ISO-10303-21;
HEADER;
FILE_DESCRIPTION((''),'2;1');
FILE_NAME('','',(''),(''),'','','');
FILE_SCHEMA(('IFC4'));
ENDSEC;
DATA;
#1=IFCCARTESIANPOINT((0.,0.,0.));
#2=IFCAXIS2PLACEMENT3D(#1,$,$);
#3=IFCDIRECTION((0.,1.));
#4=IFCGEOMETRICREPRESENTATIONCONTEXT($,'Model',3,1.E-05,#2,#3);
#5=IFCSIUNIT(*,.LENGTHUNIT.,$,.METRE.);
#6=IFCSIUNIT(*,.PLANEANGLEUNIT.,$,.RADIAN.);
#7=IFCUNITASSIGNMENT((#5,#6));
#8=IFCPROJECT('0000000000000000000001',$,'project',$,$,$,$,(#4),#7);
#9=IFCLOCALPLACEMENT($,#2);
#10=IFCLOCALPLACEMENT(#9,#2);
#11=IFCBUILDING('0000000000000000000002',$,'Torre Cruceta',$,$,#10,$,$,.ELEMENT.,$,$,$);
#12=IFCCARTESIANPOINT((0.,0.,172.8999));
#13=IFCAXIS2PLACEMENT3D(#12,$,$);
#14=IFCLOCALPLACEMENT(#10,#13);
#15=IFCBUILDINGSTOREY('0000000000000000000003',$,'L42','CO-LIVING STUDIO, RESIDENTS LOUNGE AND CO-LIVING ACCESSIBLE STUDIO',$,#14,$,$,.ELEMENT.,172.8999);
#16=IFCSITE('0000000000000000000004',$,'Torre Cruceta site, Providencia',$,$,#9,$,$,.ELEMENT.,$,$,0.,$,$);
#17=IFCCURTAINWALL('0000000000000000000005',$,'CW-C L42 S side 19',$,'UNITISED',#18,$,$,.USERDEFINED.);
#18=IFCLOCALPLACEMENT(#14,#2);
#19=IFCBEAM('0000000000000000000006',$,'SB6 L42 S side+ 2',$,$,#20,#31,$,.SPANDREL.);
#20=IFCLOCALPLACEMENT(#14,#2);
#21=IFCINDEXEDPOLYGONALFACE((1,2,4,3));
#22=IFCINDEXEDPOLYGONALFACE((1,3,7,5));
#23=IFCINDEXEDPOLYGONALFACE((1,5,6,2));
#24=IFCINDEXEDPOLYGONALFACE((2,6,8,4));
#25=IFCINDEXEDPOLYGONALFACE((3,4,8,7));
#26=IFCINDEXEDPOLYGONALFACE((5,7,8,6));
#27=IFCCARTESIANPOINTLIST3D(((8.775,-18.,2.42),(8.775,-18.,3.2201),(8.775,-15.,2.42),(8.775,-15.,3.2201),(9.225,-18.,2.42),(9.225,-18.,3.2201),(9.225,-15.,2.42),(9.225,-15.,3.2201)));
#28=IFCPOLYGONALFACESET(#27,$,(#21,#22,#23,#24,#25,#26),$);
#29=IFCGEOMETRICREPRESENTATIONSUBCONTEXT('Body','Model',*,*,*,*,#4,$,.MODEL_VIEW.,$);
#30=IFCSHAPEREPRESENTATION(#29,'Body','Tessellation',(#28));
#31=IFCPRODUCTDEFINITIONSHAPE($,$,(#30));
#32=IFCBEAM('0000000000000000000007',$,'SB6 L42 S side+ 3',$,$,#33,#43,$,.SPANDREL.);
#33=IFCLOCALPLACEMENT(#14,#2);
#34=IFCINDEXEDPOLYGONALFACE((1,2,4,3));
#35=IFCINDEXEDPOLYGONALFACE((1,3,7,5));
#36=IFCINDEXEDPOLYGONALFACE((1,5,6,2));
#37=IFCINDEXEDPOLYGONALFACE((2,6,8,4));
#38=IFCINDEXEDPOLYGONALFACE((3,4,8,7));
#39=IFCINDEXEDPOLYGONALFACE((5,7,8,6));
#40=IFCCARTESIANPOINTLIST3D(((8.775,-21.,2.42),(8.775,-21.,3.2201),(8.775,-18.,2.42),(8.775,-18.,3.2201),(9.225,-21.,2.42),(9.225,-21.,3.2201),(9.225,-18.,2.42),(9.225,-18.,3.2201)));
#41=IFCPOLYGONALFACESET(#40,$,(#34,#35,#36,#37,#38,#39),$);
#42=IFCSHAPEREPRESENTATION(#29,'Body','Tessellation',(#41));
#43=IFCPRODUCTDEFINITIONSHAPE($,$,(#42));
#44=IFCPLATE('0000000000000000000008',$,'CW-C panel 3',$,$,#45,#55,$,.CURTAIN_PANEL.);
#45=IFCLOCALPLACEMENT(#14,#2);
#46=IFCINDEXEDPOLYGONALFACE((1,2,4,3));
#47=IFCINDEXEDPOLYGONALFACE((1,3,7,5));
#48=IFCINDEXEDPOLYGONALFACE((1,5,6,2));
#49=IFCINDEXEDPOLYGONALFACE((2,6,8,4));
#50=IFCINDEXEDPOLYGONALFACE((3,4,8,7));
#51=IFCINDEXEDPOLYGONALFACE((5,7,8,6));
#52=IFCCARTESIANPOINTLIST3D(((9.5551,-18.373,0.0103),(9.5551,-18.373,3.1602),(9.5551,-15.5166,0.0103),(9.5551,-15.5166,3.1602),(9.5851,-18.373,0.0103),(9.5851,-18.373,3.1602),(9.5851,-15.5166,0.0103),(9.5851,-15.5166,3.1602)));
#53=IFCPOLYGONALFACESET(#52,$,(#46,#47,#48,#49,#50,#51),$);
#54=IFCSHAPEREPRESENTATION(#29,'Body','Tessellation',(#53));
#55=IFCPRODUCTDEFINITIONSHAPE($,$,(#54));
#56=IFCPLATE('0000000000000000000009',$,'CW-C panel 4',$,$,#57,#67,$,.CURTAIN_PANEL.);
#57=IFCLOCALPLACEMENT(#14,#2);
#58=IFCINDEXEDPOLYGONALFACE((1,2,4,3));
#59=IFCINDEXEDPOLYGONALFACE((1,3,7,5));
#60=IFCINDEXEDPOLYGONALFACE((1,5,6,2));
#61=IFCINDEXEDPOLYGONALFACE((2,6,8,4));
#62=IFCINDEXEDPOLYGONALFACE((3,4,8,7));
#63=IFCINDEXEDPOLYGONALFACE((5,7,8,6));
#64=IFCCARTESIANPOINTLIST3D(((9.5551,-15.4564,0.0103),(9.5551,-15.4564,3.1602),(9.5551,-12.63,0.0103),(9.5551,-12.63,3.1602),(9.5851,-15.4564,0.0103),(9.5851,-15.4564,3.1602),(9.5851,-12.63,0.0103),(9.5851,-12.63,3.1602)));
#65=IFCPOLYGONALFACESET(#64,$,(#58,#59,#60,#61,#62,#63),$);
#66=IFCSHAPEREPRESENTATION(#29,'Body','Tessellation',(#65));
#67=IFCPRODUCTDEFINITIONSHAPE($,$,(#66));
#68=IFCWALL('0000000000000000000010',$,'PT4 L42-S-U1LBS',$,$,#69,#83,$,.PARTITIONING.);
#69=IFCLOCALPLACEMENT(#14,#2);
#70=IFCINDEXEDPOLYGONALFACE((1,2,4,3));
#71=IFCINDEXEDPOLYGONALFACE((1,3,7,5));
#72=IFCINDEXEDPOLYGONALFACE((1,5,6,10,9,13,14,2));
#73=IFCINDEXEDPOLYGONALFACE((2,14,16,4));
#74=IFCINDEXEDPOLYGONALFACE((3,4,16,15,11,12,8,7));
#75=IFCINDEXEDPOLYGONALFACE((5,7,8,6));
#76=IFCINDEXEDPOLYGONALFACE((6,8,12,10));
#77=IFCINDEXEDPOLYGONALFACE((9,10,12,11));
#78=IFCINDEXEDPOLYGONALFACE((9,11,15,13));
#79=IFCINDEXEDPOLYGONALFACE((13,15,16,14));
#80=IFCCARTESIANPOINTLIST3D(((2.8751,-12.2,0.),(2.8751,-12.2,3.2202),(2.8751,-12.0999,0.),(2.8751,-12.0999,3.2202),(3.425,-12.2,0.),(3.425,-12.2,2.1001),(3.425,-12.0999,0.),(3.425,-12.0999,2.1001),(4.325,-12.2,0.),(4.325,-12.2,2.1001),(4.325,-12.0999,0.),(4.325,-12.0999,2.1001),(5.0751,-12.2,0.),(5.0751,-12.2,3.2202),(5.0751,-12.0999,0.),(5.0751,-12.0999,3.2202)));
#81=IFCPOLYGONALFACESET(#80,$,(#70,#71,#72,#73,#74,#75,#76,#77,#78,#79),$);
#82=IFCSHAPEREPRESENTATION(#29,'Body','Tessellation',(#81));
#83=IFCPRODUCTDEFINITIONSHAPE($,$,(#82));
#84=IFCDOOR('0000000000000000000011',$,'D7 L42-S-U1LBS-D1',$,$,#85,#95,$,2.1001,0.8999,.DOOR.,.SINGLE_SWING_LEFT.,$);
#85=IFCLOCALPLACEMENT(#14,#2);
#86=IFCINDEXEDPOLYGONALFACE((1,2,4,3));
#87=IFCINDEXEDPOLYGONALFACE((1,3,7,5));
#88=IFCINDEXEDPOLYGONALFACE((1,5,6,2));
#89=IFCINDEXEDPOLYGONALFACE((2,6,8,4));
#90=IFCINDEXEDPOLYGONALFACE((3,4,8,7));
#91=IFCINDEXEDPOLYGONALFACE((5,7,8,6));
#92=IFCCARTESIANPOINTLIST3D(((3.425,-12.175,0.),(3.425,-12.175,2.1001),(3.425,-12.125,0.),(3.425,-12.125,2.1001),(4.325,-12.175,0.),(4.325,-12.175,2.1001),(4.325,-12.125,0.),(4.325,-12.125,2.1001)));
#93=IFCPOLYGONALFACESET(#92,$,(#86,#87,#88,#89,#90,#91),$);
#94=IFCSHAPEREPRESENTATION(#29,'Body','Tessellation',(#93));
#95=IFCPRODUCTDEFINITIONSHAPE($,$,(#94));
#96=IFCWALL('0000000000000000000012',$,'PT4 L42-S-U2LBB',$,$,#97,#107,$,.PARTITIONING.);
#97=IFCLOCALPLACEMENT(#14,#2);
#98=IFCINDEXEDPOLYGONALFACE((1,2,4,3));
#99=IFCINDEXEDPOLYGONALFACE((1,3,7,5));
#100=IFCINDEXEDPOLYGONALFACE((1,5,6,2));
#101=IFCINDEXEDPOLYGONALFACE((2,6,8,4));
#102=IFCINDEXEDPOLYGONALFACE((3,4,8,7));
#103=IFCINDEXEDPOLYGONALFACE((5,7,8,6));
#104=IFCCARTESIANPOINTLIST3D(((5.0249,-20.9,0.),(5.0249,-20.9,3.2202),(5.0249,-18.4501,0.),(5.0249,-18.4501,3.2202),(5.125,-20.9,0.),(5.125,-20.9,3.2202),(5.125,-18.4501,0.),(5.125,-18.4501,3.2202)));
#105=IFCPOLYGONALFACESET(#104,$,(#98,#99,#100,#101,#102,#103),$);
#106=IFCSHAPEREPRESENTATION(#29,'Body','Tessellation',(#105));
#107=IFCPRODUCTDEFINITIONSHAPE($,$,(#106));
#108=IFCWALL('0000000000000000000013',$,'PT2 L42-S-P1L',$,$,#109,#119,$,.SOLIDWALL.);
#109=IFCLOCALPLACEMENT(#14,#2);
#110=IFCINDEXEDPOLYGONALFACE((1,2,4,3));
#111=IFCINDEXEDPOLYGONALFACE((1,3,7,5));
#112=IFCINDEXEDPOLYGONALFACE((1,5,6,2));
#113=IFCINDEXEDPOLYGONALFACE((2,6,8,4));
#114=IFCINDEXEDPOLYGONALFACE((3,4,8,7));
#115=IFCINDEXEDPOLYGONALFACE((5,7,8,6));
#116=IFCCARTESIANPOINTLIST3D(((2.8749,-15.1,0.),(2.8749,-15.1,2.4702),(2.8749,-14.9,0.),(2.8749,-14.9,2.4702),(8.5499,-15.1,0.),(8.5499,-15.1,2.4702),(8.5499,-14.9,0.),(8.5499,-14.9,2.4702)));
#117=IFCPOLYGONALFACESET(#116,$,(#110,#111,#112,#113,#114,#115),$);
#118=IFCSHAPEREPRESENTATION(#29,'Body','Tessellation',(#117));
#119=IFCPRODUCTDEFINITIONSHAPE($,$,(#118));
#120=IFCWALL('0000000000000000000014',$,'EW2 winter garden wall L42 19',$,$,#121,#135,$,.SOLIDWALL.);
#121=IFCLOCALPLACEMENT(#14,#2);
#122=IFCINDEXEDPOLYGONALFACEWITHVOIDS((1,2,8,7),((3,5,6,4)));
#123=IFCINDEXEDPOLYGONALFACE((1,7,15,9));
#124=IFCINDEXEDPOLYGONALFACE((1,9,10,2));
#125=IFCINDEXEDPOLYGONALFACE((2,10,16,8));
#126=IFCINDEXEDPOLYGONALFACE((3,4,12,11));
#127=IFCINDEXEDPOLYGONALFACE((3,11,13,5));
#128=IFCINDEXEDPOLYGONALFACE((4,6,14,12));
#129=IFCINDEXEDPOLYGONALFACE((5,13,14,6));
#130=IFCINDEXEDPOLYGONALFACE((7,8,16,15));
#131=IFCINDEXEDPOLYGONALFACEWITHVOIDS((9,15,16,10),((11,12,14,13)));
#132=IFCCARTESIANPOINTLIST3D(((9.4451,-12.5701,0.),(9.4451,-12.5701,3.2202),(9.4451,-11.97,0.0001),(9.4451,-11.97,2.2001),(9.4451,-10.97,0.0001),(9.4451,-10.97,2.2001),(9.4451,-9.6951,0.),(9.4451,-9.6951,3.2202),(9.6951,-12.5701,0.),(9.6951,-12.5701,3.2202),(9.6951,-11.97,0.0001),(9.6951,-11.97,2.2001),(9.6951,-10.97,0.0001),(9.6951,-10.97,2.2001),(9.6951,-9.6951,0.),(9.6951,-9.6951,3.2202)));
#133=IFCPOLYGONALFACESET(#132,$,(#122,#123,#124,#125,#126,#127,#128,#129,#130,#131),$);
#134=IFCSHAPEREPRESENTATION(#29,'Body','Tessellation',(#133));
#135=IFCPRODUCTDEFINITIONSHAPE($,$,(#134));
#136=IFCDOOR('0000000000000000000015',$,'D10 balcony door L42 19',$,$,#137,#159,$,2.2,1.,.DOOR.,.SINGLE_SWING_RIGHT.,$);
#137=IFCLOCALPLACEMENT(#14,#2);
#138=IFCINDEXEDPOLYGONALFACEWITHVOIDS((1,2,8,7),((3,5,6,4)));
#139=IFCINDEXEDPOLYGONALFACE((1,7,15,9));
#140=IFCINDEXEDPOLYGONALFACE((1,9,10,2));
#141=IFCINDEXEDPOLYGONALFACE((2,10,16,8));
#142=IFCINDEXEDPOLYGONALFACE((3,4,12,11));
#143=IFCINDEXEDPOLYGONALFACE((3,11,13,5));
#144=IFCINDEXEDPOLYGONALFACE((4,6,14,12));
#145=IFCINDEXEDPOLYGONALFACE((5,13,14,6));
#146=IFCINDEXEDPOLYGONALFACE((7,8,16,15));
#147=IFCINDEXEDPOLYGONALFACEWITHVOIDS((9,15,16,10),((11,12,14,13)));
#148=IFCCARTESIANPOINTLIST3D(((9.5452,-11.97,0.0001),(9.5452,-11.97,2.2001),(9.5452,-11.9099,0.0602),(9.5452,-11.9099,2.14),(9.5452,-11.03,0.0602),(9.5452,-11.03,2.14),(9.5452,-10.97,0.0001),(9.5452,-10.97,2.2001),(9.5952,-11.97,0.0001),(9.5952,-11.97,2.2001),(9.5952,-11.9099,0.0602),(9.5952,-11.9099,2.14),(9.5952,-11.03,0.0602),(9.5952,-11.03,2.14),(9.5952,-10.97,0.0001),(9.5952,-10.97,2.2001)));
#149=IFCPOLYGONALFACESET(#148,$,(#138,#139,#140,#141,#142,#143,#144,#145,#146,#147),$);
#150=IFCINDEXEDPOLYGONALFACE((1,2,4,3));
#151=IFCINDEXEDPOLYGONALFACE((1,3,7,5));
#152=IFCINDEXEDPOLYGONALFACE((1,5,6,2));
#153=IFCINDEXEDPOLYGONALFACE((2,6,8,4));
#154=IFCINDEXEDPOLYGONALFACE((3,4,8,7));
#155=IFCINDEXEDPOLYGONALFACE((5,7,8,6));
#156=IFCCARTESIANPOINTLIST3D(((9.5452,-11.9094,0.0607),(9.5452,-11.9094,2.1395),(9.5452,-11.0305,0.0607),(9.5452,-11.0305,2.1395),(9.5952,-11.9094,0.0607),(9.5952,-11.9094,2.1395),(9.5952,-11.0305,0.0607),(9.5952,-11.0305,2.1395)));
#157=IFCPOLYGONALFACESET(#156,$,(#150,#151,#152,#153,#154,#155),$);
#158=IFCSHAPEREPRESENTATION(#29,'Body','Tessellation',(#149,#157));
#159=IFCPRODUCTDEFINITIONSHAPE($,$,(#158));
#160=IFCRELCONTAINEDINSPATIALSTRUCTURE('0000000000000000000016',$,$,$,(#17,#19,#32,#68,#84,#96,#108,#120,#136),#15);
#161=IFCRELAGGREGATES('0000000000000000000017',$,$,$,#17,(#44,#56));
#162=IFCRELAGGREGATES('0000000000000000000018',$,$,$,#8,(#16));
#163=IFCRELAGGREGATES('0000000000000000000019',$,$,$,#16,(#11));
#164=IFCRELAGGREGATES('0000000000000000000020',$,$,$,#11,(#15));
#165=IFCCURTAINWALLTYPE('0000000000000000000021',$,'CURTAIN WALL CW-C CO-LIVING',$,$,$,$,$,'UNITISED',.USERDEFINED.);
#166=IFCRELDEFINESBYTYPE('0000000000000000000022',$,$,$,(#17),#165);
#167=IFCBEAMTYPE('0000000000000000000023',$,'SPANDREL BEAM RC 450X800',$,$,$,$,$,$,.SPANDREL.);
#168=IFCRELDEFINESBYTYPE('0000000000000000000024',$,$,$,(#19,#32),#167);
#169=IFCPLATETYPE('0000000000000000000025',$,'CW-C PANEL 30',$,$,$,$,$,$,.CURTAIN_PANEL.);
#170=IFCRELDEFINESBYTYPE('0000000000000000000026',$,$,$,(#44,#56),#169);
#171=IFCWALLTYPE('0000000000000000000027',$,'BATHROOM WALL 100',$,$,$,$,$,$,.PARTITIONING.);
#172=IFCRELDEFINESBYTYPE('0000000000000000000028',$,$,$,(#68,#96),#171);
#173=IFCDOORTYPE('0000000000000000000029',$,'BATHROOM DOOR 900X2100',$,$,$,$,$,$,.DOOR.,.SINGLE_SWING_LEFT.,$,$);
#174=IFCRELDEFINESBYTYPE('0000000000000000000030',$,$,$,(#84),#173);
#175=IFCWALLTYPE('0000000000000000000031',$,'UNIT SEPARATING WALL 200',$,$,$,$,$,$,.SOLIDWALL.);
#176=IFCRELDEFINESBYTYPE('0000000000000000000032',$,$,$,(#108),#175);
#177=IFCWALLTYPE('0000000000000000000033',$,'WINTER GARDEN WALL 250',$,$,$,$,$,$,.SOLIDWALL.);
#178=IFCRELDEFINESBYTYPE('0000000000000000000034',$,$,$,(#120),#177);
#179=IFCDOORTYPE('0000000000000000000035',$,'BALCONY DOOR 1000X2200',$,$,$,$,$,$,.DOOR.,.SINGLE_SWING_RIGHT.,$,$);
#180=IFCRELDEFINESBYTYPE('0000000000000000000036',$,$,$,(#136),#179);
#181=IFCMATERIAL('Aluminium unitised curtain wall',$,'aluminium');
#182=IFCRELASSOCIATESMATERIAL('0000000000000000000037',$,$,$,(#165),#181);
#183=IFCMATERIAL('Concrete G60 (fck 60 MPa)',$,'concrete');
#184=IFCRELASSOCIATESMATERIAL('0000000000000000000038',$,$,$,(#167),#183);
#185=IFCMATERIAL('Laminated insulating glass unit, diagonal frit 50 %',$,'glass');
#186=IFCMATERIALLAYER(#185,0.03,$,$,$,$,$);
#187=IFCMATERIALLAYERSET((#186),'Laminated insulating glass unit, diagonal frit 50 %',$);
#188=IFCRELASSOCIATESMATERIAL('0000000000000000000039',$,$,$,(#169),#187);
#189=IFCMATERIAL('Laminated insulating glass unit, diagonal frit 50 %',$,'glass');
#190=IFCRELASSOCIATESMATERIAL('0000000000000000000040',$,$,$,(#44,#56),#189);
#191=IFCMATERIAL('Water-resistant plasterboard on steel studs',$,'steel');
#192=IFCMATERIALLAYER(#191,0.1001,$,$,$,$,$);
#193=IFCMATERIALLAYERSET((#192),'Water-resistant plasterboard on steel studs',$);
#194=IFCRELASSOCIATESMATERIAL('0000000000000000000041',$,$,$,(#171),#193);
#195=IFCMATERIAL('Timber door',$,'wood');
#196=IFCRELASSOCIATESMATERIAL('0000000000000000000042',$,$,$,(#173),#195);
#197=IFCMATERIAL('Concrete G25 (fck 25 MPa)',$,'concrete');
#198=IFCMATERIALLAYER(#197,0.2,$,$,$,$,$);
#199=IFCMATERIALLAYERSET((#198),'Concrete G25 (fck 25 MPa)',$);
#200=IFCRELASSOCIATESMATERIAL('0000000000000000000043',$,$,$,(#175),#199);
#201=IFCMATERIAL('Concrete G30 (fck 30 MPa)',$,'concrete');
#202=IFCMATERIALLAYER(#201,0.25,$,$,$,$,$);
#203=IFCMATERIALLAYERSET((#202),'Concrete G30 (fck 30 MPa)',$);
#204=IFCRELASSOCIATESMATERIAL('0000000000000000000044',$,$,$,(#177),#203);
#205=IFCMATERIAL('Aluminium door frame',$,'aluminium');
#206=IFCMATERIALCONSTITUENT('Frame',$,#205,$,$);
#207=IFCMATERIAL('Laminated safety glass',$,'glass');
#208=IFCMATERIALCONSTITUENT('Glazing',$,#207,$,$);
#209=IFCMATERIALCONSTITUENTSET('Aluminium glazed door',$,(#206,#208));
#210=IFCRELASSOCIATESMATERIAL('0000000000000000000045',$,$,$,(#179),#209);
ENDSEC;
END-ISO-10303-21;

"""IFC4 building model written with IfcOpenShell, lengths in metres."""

from ifc_helpers import new_model, si_unit, direction, frame, frame_2d, origin, origin_2d, place, context, subcontext, project, spatial, rectangle, hollow_rectangle, extrude, material, layer, layer_set, constituent, constituent_set, material_profile, profile_set, type_object, element, fill, aggregate, save


model = new_model("IFC4")

# Units and contexts
model_context = context("Model", 3, precision=1e-05, world=origin(), true_north=direction((0.0, 1.0)))
body_context = subcontext(model_context, "Body", "Model", "MODEL_VIEW")
ifc_project = project(units=[si_unit("LENGTHUNIT", "METRE"), si_unit("PLANEANGLEUNIT", "RADIAN")], contexts=[model_context])

# Site, building, storey
site_placement = place(None, origin())
site = spatial("IfcSite", under=ifc_project, at=site_placement, Name="Torre Cruceta site, Providencia", CompositionType="ELEMENT", RefElevation=0.0)
building_placement = place(site_placement, origin())
building = spatial("IfcBuilding", under=site, at=building_placement, Name="Torre Cruceta", CompositionType="ELEMENT")
storey_placement = place(building_placement, frame((0.0, 0.0, 172.8999)))
storey = spatial("IfcBuildingStorey", under=building, at=storey_placement, Name="L42", Description="CO-LIVING STUDIO, RESIDENTS LOUNGE AND CO-LIVING ACCESSIBLE STUDIO", CompositionType="ELEMENT", Elevation=172.8999)

# Curtain wall
ifc_material_1 = material(Name="Aluminium unitised curtain wall", Category="aluminium")
curtain_wall_type = type_object("IfcCurtainWallType", Name="CURTAIN WALL CW-C CO-LIVING", ElementType="UNITISED", PredefinedType="USERDEFINED", material=ifc_material_1)
curtain_wall_placement = place(storey_placement, origin())
curtain_wall = element("IfcCurtainWall", 1, at=curtain_wall_placement, inside=storey, type_object=curtain_wall_type, Name="CW-C L42 S side 19", ObjectType="UNITISED", PredefinedType="USERDEFINED")

# Beams
ifc_material_2 = material(Name="Concrete G60 (fck 60 MPa)", Category="concrete")
ifc_material_profile_1 = material_profile(ifc_material_2, rectangle(XDim=0.45, YDim=0.8, at=origin_2d()), Name="RC 450X800")
ifc_profile_set_1 = profile_set([ifc_material_profile_1], Name="Concrete G60 (fck 60 MPa)")
beam_type_1 = type_object("IfcBeamType", Name="SPANDREL BEAM RC 450X800", PredefinedType="SPANDREL", material=ifc_profile_set_1)
for number, where, z_axis, x_axis, name in (
    (2, (9.0, -15.0, 2.8201), (0.0, -1.0, 0.0), (1.0, 0.0, 0.0), "SB6 L42 S side+ 2"),
    (3, (9.0, -18.0, 2.8201), (0.0, -1.0, 0.0), (1.0, 0.0, 0.0), "SB6 L42 S side+ 3"),
):
    element("IfcBeam", number, at=place(storey_placement, frame(where, z_axis=z_axis, x_axis=x_axis)), inside=storey, type_object=beam_type_1, Name=name, PredefinedType="SPANDREL", context=body_context, shape_type="SweptSolid", body=[
        extrude(rectangle(XDim=0.45, YDim=0.8, at=origin_2d()), origin(), (0.0, 0.0, 1.0), 3.0),
    ])

# Plates
ifc_material_3 = material(Name="Laminated insulating glass unit, diagonal frit 50 %", Category="glass")
ifc_material_4 = material(Name="Laminated insulating glass unit, diagonal frit 50 %", Category="glass")
ifc_layer_1 = layer(ifc_material_4, 0.03)
ifc_layer_set_1 = layer_set([ifc_layer_1], Name="Laminated insulating glass unit, diagonal frit 50 %")
plate_type = type_object("IfcPlateType", Name="CW-C PANEL 30", PredefinedType="CURTAIN_PANEL", material=ifc_layer_set_1)
plate_1_placement = place(storey_placement, frame((9.5701, -16.9448, 0.0103), z_axis=(0.0, 0.0, 1.0), x_axis=(0.0, 1.0, 0.0)))
plate_1 = element("IfcPlate", 4, at=plate_1_placement, type_object=plate_type, material=ifc_material_3, Name="CW-C panel 3", PredefinedType="CURTAIN_PANEL", context=body_context, shape_type="SweptSolid", body=[
    extrude(rectangle(XDim=2.8564, YDim=0.03, at=origin_2d()), origin(), (0.0, 0.0, 1.0), 3.1499),
])
plate_2_placement = place(storey_placement, frame((9.5701, -14.0432, 0.0103), z_axis=(0.0, 0.0, 1.0), x_axis=(0.0, 1.0, 0.0)))
plate_2 = element("IfcPlate", 5, at=plate_2_placement, type_object=plate_type, material=ifc_material_3, Name="CW-C panel 4", PredefinedType="CURTAIN_PANEL", context=body_context, shape_type="SweptSolid", body=[
    extrude(rectangle(XDim=2.8264, YDim=0.03, at=origin_2d()), origin(), (0.0, 0.0, 1.0), 3.1499),
])
aggregate(curtain_wall, [plate_1, plate_2])

# Wall, opening, door
ifc_material_5 = material(Name="Water-resistant plasterboard on steel studs", Category="steel")
ifc_layer_2 = layer(ifc_material_5, 0.1001)
ifc_layer_set_2 = layer_set([ifc_layer_2], Name="Water-resistant plasterboard on steel studs")
wall_type_1 = type_object("IfcWallType", Name="BATHROOM WALL 100", PredefinedType="PARTITIONING", material=ifc_layer_set_2)
wall_1_placement = place(storey_placement, frame((2.875, -12.1499, 0.0), z_axis=(0.0, 0.0, 1.0), x_axis=(1.0, 0.0, 0.0)))
wall_1 = element("IfcWall", 6, at=wall_1_placement, inside=storey, type_object=wall_type_1, Name="PT4 L42-S-U1LBS", PredefinedType="PARTITIONING", context=body_context, shape_type="SweptSolid", body=[
    extrude(rectangle(XDim=2.2, YDim=0.1001, at=frame_2d((1.1001, 0.0))), origin(), (0.0, 0.0, 1.0), 3.2202),
])
opening_1_placement = place(wall_1_placement, frame((0.55, 0.0, 0.0)))
opening_1 = element("IfcOpeningElement", 7, at=opening_1_placement, cuts=wall_1, PredefinedType="OPENING", context=body_context, shape_type="SweptSolid", body=[
    extrude(rectangle(XDim=0.8999, YDim=2.1001, at=frame_2d((0.45, 1.05))), frame((0.0, 0.0601, 0.0), z_axis=(0.0, -1.0, 0.0), x_axis=(1.0, 0.0, 0.0)), (0.0, 0.0, 1.0), 0.1201),
])
ifc_material_6 = material(Name="Timber door", Category="wood")
door_type_1 = type_object("IfcDoorType", Name="BATHROOM DOOR 900X2100", OperationType="SINGLE_SWING_LEFT", PredefinedType="DOOR", material=ifc_material_6)
door_1_placement = place(opening_1_placement, origin())
door_1 = element("IfcDoor", 8, at=door_1_placement, inside=storey, type_object=door_type_1, Name="D7 L42-S-U1LBS-D1", OperationType="SINGLE_SWING_LEFT", OverallHeight=2.1001, OverallWidth=0.8999, PredefinedType="DOOR", context=body_context, shape_type="SweptSolid", body=[
    extrude(rectangle(XDim=0.8999, YDim=2.1001, at=frame_2d((0.45, 1.05))), frame((0.0, 0.0249, 0.0), z_axis=(0.0, -1.0, 0.0), x_axis=(1.0, 0.0, 0.0)), (0.0, 0.0, 1.0), 0.05),
])
fill(opening_1, door_1)

# Walls
wall_2_placement = place(storey_placement, frame((5.075, -18.45, 0.0), z_axis=(0.0, 0.0, 1.0), x_axis=(0.0, -1.0, 0.0)))
element("IfcWall", 9, at=wall_2_placement, inside=storey, type_object=wall_type_1, Name="PT4 L42-S-U2LBB", PredefinedType="PARTITIONING", context=body_context, shape_type="SweptSolid", body=[
    extrude(rectangle(XDim=2.45, YDim=0.1001, at=frame_2d((1.2251, 0.0))), origin(), (0.0, 0.0, 1.0), 3.2202),
])
ifc_material_7 = material(Name="Concrete G25 (fck 25 MPa)", Category="concrete")
ifc_layer_3 = layer(ifc_material_7, 0.2)
ifc_layer_set_3 = layer_set([ifc_layer_3], Name="Concrete G25 (fck 25 MPa)")
wall_type_2 = type_object("IfcWallType", Name="UNIT SEPARATING WALL 200", PredefinedType="SOLIDWALL", material=ifc_layer_set_3)
wall_3_placement = place(storey_placement, frame((2.875, -15.0, 0.0), z_axis=(0.0, 0.0, 1.0), x_axis=(1.0, 0.0, 0.0)))
element("IfcWall", 10, at=wall_3_placement, inside=storey, type_object=wall_type_2, Name="PT2 L42-S-P1L", PredefinedType="SOLIDWALL", context=body_context, shape_type="SweptSolid", body=[
    extrude(rectangle(XDim=5.675, YDim=0.2, at=frame_2d((2.8374, 0.0))), origin(), (0.0, 0.0, 1.0), 2.4702),
])

# Wall, opening, door
ifc_material_8 = material(Name="Concrete G30 (fck 30 MPa)", Category="concrete")
ifc_layer_4 = layer(ifc_material_8, 0.25)
ifc_layer_set_4 = layer_set([ifc_layer_4], Name="Concrete G30 (fck 30 MPa)")
wall_type_3 = type_object("IfcWallType", Name="WINTER GARDEN WALL 250", PredefinedType="SOLIDWALL", material=ifc_layer_set_4)
wall_4_placement = place(storey_placement, frame((9.5701, -12.5701, 0.0), z_axis=(0.0, 0.0, 1.0), x_axis=(0.0, 1.0, 0.0)))
wall_4 = element("IfcWall", 11, at=wall_4_placement, inside=storey, type_object=wall_type_3, Name="EW2 winter garden wall L42 19", PredefinedType="SOLIDWALL", context=body_context, shape_type="SweptSolid", body=[
    extrude(rectangle(XDim=2.875, YDim=0.25, at=frame_2d((1.4375, 0.0))), origin(), (0.0, 0.0, 1.0), 3.2202),
])
opening_2_placement = place(wall_4_placement, frame((0.6001, 0.0, 0.0)))
opening_2 = element("IfcOpeningElement", 12, at=opening_2_placement, cuts=wall_4, PredefinedType="OPENING", context=body_context, shape_type="SweptSolid", body=[
    extrude(rectangle(XDim=1.0, YDim=2.2, at=frame_2d((0.5, 1.1001))), frame((0.0, 0.135, 0.0), z_axis=(0.0, -1.0, 0.0), x_axis=(1.0, 0.0, 0.0)), (0.0, 0.0, 1.0), 0.27),
])
ifc_material_9 = material(Name="Aluminium door frame", Category="aluminium")
ifc_constituent_1 = constituent(ifc_material_9, Name="Frame")
ifc_material_10 = material(Name="Laminated safety glass", Category="glass")
ifc_constituent_2 = constituent(ifc_material_10, Name="Glazing")
ifc_constituent_set_1 = constituent_set(constituents=[ifc_constituent_1, ifc_constituent_2], Name="Aluminium glazed door")
door_type_2 = type_object("IfcDoorType", Name="BALCONY DOOR 1000X2200", OperationType="SINGLE_SWING_RIGHT", PredefinedType="DOOR", material=ifc_constituent_set_1)
door_2_placement = place(opening_2_placement, origin())
door_2 = element("IfcDoor", 13, at=door_2_placement, inside=storey, type_object=door_type_2, Name="D10 balcony door L42 19", OperationType="SINGLE_SWING_RIGHT", OverallHeight=2.2, OverallWidth=1.0, PredefinedType="DOOR", context=body_context, shape_type="SweptSolid", body=[
    extrude(hollow_rectangle(XDim=1.0, YDim=2.2, WallThickness=0.0601, at=frame_2d((0.5, 1.1001))), frame((0.0, 0.0249, 0.0), z_axis=(0.0, -1.0, 0.0), x_axis=(1.0, 0.0, 0.0)), (0.0, 0.0, 1.0), 0.05),
    extrude(rectangle(XDim=0.8789, YDim=2.0789, at=frame_2d((0.5, 1.1001))), frame((0.0, 0.0249, 0.0), z_axis=(0.0, -1.0, 0.0), x_axis=(1.0, 0.0, 0.0)), (0.0, 0.0, 1.0), 0.05),
])
fill(opening_2, door_2)

save(model, "model.ifc")
